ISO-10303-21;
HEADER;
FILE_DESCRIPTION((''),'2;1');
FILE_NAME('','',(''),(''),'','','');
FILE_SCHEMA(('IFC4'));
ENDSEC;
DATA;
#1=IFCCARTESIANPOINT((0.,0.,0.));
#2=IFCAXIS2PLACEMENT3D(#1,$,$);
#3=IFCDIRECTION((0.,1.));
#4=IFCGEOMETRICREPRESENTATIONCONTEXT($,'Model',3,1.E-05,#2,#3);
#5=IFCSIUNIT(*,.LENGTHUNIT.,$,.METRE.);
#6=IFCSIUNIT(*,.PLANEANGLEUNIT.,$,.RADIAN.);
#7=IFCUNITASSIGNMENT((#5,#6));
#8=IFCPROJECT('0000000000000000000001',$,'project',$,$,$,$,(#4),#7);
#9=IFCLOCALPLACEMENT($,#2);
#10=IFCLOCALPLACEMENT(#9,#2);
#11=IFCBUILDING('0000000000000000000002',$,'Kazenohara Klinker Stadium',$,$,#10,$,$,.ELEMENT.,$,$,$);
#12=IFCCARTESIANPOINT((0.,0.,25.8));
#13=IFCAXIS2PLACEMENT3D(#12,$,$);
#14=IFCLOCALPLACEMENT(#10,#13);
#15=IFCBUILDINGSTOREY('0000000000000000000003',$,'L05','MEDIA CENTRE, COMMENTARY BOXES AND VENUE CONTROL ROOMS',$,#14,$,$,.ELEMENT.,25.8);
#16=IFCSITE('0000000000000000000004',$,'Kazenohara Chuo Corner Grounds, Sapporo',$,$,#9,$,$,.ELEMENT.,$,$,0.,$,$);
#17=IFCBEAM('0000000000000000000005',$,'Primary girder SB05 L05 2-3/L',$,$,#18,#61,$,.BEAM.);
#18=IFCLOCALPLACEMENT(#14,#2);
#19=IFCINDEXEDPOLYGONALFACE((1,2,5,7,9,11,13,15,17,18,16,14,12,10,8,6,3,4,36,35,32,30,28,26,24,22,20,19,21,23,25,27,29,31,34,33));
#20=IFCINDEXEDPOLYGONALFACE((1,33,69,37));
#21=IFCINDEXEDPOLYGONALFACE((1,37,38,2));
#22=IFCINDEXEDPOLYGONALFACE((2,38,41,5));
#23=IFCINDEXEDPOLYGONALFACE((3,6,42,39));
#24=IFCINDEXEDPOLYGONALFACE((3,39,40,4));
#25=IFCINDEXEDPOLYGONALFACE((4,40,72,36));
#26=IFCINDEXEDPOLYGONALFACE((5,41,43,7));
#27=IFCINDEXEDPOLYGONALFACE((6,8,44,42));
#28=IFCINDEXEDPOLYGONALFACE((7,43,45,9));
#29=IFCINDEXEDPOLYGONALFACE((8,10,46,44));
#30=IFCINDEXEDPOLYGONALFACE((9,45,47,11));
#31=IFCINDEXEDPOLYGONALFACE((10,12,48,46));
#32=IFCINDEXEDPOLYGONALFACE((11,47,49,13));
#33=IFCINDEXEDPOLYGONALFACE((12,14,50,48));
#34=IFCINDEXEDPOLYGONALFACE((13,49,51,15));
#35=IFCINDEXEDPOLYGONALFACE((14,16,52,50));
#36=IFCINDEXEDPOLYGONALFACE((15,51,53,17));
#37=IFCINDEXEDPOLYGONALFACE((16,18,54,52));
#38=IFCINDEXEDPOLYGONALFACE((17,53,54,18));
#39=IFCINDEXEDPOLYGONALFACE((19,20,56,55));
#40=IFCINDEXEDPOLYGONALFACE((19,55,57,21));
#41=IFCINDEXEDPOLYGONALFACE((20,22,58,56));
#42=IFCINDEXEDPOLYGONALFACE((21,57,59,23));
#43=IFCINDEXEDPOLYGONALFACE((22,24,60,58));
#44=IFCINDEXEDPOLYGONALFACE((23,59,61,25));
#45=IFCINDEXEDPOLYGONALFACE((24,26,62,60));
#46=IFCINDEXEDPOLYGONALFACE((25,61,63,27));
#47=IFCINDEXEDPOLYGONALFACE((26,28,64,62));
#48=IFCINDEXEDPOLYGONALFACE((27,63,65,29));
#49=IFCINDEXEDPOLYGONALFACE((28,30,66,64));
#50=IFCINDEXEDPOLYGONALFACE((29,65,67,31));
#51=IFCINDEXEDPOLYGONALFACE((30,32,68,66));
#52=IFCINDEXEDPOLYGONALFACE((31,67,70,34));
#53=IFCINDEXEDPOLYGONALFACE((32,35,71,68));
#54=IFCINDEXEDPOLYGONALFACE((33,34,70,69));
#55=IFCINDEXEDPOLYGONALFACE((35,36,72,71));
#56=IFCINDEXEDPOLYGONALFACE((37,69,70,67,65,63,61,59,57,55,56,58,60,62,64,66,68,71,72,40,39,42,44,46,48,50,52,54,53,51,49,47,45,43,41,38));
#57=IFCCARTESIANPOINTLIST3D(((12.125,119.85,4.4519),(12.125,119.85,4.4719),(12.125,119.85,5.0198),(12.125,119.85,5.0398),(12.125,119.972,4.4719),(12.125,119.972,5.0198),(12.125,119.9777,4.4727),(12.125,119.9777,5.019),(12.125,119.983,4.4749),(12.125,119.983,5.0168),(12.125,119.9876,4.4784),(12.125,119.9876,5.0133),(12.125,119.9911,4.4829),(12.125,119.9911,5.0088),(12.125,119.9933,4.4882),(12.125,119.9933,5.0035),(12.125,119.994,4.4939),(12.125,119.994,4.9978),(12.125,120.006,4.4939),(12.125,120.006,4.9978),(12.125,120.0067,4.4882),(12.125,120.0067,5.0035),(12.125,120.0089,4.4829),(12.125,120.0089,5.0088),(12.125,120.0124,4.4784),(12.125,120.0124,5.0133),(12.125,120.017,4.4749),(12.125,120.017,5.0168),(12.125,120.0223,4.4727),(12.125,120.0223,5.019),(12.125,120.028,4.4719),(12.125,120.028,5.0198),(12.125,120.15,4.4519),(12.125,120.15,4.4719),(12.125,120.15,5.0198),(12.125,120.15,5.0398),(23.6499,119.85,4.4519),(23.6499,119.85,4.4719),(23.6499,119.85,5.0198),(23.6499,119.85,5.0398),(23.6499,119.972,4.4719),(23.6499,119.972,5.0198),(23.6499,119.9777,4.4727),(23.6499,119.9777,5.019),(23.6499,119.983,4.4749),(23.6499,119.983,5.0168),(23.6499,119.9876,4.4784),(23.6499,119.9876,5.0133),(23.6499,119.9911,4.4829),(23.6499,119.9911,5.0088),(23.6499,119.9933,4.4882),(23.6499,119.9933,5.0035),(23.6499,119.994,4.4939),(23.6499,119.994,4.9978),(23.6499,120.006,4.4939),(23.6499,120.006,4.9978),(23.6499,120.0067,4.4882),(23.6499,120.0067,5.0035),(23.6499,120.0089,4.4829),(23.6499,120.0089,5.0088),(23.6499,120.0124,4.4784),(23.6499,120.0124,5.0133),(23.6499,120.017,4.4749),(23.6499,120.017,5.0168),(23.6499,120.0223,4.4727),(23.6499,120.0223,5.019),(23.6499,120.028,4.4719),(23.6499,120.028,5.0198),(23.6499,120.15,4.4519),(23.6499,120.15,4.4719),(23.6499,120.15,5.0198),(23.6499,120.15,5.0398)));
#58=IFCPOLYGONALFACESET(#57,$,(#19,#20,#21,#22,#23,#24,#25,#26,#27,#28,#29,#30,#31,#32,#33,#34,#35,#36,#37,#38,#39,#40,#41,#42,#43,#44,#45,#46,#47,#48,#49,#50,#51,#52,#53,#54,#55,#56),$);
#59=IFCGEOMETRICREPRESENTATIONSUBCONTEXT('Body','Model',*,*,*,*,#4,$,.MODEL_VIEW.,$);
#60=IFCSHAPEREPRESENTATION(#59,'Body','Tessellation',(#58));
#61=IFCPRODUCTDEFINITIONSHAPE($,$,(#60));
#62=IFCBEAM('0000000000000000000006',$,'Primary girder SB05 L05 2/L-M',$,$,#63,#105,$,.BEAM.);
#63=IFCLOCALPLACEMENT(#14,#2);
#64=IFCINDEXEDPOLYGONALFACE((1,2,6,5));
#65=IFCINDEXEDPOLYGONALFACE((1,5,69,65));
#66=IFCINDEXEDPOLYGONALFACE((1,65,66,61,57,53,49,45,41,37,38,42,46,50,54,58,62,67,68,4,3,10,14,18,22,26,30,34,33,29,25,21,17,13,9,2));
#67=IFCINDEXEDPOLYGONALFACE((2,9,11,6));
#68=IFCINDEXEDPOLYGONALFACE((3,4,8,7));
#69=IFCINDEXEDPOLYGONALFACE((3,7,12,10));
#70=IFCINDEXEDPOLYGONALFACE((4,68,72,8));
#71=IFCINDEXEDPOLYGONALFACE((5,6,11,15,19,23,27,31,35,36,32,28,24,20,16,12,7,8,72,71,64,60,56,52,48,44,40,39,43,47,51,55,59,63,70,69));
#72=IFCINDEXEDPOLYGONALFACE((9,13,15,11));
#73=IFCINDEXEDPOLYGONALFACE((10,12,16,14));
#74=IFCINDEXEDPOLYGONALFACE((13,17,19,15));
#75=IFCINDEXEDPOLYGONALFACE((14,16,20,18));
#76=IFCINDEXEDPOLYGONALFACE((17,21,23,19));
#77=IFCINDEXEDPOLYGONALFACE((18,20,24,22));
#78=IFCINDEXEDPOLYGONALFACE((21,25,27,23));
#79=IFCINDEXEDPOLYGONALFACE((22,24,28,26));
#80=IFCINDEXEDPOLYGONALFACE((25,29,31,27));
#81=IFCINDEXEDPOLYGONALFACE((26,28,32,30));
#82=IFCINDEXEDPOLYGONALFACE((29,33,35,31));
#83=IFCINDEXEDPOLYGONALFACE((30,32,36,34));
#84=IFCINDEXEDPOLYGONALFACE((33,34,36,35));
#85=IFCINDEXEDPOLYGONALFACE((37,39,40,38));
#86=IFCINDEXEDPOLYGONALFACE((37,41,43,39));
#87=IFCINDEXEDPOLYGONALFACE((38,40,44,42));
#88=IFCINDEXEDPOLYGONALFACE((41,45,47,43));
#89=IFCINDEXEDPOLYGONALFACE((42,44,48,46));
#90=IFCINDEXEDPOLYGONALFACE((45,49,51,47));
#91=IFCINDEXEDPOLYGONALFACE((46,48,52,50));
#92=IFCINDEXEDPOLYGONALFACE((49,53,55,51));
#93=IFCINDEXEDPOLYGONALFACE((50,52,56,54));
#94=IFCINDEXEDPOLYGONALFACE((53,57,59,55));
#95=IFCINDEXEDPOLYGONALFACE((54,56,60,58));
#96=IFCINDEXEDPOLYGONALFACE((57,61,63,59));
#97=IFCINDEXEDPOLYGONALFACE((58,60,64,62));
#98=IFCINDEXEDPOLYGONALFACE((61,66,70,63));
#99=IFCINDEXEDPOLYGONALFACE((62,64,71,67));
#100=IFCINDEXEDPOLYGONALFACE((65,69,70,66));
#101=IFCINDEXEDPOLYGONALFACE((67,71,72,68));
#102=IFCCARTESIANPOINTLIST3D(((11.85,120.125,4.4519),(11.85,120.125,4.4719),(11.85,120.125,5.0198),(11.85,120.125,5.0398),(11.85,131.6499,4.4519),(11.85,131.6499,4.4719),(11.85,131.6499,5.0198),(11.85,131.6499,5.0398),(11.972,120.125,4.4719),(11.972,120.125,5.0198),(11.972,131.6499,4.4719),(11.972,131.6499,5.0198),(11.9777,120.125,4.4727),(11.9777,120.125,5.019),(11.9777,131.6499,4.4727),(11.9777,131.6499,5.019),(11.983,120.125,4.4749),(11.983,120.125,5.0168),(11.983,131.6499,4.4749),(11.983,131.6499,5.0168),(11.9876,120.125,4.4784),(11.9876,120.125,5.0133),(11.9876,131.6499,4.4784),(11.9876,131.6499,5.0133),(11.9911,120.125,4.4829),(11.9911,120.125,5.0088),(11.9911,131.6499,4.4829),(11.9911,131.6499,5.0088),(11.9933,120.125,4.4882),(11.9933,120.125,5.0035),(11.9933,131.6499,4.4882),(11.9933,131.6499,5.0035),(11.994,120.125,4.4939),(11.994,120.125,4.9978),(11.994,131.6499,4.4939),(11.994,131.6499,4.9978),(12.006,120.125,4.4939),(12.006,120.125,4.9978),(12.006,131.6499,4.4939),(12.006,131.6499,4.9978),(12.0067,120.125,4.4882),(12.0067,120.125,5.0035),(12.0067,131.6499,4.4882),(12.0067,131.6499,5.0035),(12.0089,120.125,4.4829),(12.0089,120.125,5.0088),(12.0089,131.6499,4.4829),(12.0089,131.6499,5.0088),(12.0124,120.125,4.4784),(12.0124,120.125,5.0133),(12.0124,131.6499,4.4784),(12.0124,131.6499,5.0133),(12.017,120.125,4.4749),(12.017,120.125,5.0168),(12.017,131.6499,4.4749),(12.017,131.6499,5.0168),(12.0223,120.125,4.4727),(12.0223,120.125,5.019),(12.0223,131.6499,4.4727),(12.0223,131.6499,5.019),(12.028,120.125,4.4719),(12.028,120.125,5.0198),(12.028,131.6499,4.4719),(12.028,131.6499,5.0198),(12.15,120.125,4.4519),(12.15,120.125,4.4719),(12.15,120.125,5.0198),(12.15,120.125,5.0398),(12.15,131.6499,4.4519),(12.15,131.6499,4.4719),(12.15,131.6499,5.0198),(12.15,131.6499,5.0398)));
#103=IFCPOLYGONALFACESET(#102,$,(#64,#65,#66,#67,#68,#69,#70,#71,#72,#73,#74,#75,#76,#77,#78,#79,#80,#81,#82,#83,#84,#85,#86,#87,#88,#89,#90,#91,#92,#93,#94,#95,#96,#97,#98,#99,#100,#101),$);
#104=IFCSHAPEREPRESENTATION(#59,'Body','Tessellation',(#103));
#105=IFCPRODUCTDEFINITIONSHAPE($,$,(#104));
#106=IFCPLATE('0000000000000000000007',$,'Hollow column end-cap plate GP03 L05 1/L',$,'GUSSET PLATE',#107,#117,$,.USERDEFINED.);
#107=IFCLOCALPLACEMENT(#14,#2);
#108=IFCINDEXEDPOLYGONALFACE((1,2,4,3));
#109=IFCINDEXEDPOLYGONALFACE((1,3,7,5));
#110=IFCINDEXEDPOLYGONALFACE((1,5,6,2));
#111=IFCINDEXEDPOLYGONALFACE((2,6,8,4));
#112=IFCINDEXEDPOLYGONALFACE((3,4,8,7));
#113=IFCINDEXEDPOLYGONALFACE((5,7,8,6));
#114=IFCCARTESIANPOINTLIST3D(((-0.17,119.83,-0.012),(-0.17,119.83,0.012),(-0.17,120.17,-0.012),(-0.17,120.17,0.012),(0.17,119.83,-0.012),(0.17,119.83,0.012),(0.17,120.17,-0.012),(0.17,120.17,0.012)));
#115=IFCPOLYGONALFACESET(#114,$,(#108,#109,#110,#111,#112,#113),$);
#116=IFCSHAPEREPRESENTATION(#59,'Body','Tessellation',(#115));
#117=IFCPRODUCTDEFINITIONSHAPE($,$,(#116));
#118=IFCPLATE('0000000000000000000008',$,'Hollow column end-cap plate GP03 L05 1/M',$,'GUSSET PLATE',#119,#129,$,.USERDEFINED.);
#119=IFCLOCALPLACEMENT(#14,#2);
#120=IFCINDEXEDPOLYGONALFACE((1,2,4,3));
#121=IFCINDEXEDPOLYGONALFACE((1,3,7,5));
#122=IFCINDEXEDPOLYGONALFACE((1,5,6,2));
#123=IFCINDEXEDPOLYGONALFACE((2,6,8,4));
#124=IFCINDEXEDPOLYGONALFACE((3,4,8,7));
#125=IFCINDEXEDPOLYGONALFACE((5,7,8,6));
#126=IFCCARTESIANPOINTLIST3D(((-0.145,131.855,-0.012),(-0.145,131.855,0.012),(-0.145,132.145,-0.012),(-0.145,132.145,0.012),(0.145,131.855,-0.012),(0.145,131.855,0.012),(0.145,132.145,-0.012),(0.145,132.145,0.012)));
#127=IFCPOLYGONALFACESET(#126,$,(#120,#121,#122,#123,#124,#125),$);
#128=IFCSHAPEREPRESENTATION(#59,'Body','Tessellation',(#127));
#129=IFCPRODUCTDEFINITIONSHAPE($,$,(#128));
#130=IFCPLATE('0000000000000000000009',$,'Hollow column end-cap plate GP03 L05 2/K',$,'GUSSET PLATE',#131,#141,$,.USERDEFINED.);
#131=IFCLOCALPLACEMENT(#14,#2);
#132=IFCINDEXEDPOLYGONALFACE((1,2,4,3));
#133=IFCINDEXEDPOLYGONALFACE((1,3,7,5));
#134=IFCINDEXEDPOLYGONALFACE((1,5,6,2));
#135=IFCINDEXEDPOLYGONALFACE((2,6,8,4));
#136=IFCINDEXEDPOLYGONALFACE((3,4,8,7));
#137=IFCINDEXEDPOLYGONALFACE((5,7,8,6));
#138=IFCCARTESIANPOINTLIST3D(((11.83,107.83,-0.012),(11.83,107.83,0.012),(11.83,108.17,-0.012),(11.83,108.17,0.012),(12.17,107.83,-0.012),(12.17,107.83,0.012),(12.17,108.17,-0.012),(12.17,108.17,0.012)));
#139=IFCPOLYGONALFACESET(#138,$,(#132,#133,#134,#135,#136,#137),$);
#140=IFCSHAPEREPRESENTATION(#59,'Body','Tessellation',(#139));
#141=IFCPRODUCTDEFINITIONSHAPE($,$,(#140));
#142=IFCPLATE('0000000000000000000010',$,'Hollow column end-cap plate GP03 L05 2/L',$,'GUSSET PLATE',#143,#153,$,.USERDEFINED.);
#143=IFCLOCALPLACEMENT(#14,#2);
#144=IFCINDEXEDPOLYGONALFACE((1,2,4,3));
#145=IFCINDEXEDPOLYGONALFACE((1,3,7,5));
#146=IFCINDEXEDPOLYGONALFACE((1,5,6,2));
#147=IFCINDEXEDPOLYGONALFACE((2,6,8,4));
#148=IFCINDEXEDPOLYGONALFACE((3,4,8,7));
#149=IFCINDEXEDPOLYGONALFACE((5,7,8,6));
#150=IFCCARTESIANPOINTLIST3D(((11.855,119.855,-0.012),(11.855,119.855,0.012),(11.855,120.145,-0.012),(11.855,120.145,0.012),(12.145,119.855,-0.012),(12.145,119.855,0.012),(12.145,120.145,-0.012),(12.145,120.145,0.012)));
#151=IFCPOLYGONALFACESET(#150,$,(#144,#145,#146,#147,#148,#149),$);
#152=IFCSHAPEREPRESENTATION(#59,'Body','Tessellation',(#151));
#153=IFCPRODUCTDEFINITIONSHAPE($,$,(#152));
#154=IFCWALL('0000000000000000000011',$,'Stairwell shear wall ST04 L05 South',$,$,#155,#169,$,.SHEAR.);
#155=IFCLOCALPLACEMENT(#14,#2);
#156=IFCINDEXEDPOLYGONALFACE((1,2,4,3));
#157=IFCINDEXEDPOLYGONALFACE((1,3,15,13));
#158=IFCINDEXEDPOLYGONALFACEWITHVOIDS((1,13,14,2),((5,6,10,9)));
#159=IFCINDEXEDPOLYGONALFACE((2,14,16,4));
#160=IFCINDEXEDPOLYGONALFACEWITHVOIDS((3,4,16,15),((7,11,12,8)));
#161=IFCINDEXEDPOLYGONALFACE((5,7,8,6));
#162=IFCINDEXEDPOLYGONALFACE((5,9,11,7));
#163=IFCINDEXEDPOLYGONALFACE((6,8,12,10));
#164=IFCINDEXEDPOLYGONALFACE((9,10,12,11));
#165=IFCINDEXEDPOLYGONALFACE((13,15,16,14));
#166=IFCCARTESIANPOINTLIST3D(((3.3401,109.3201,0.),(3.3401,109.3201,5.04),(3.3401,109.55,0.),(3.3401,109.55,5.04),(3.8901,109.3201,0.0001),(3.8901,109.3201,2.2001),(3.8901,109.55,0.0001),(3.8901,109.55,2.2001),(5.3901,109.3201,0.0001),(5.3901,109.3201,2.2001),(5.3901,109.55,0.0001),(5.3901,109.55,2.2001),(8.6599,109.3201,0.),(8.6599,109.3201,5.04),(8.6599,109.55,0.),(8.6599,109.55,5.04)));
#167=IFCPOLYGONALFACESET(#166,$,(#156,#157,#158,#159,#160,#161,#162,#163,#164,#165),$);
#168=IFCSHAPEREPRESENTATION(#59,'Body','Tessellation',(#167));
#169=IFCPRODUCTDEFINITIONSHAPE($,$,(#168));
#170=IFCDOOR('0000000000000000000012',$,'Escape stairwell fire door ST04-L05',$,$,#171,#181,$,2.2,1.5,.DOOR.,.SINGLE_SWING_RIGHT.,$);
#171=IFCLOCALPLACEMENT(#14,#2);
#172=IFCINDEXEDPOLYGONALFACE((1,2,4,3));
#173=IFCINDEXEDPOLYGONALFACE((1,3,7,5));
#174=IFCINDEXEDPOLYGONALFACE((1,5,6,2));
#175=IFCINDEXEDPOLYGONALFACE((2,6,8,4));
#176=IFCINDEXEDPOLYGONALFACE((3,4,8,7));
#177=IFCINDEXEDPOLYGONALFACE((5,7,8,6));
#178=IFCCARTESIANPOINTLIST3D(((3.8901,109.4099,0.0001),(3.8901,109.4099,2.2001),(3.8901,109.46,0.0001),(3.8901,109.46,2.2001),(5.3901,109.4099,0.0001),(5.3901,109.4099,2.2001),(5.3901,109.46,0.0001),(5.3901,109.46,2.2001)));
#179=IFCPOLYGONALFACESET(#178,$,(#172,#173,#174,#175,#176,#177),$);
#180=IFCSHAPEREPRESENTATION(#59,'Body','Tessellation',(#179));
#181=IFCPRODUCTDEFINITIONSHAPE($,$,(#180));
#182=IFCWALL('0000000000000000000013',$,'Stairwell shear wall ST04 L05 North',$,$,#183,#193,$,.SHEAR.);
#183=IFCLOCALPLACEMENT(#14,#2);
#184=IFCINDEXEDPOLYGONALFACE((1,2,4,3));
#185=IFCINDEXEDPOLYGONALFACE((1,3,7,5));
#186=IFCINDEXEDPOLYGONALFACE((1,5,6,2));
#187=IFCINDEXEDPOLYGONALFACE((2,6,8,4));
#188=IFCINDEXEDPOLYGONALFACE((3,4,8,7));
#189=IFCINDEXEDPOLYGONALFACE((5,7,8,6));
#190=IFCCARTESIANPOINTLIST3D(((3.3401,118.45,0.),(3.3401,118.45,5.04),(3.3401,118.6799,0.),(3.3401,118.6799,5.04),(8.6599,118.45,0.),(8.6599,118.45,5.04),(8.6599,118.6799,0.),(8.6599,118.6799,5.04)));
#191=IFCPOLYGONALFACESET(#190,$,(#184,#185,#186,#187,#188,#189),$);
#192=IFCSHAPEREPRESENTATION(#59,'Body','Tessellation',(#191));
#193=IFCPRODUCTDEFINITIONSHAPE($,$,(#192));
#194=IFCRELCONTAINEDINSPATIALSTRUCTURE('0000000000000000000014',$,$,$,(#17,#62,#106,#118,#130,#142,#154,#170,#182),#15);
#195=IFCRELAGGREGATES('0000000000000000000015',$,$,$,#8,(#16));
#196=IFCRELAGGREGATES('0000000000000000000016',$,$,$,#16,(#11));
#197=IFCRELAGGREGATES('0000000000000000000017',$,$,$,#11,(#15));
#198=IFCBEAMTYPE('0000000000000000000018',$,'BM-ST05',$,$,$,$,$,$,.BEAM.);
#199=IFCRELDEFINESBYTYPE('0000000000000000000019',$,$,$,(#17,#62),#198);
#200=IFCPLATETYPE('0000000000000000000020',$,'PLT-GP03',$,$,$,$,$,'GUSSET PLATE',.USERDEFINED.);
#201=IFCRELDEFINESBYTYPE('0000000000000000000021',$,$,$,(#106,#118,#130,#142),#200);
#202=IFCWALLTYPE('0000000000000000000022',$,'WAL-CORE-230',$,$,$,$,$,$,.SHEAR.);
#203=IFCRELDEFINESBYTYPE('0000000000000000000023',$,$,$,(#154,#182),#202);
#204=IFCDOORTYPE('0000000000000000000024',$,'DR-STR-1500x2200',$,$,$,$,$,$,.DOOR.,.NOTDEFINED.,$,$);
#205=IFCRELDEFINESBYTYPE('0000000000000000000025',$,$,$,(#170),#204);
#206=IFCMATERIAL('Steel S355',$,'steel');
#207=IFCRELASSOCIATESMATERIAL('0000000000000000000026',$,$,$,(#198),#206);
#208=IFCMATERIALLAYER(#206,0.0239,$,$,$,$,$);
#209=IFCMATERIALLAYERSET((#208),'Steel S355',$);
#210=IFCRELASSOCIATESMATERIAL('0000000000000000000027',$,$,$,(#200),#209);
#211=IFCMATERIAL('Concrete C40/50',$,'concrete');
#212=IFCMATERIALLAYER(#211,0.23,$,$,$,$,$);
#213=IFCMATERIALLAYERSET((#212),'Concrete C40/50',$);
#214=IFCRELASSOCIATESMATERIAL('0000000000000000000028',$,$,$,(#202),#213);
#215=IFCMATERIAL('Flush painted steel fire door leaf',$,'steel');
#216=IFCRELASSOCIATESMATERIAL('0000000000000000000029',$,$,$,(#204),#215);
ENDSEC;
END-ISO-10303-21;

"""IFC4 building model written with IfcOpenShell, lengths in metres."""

from ifc_helpers import new_model, si_unit, direction, frame, frame_2d, origin, origin_2d, place, context, subcontext, project, spatial, rectangle, i_section, extrude, material, layer, layer_set, material_profile, profile_set, type_object, element, fill, save


model = new_model("IFC4")

# Units and contexts
model_context = context("Model", 3, precision=1e-05, world=origin(), true_north=direction((0.0, 1.0)))
body_context = subcontext(model_context, "Body", "Model", "MODEL_VIEW")
ifc_project = project(units=[si_unit("LENGTHUNIT", "METRE"), si_unit("PLANEANGLEUNIT", "RADIAN")], contexts=[model_context])

# Site, building, storey
site_placement = place(None, origin())
site = spatial("IfcSite", under=ifc_project, at=site_placement, Name="Kazenohara Chuo Corner Grounds, Sapporo", CompositionType="ELEMENT", RefElevation=0.0)
building_placement = place(site_placement, origin())
building = spatial("IfcBuilding", under=site, at=building_placement, Name="Kazenohara Klinker Stadium", CompositionType="ELEMENT")
storey_placement = place(building_placement, frame((0.0, 0.0, 25.8)))
storey = spatial("IfcBuildingStorey", under=building, at=storey_placement, Name="L05", Description="MEDIA CENTRE, COMMENTARY BOXES AND VENUE CONTROL ROOMS", CompositionType="ELEMENT", Elevation=25.8)

# Shared definitions
ifc_material_1 = material(Name="Concrete C40/50", Category="concrete")
ifc_material_2 = material(Name="Steel S355", Category="steel")

# Beams
ifc_material_profile_1 = material_profile(ifc_material_2, i_section(OverallWidth=0.3, OverallDepth=0.5879, WebThickness=0.012, FlangeThickness=0.02, FilletRadius=0.022, at=origin_2d()), Name="H-588x300x12x20")
ifc_profile_set_1 = profile_set([ifc_material_profile_1], Name="Steel S355")
beam_type_1 = type_object("IfcBeamType", Name="BM-ST05", PredefinedType="BEAM", material=ifc_profile_set_1)
for number, where, z_axis, x_axis, name in (
    (1, (12.125, 120.0, 4.7458), (1.0, 0.0, 0.0), (0.0, 1.0, 0.0), "Primary girder SB05 L05 2-3/L"),
    (2, (12.0, 120.125, 4.7458), (0.0, 1.0, 0.0), (-1.0, 0.0, 0.0), "Primary girder SB05 L05 2/L-M"),
):
    element("IfcBeam", number, at=place(storey_placement, frame(where, z_axis=z_axis, x_axis=x_axis)), inside=storey, type_object=beam_type_1, Name=name, PredefinedType="BEAM", context=body_context, shape_type="SweptSolid", body=[
        extrude(i_section(OverallWidth=0.3, OverallDepth=0.5879, WebThickness=0.012, FlangeThickness=0.02, FilletRadius=0.022, at=origin_2d()), origin(), (0.0, 0.0, 1.0), 11.5249),
    ])

# Plates
ifc_layer_1 = layer(ifc_material_2, 0.0239)
ifc_layer_set_1 = layer_set([ifc_layer_1], Name="Steel S355")
plate_type = type_object("IfcPlateType", Name="PLT-GP03", ElementType="GUSSET PLATE", PredefinedType="USERDEFINED", material=ifc_layer_set_1)
plate_1_placement = place(storey_placement, frame((0.0, 120.0, -0.012), z_axis=(0.0, 0.0, 1.0), x_axis=(1.0, 0.0, 0.0)))
element("IfcPlate", 3, at=plate_1_placement, inside=storey, type_object=plate_type, Name="Hollow column end-cap plate GP03 L05 1/L", ObjectType="GUSSET PLATE", PredefinedType="USERDEFINED", context=body_context, shape_type="SweptSolid", body=[
    extrude(rectangle(XDim=0.3401, YDim=0.3401, at=origin_2d()), origin(), (0.0, 0.0, 1.0), 0.0239),
])
plate_2_placement = place(storey_placement, frame((0.0, 132.0, -0.012), z_axis=(0.0, 0.0, 1.0), x_axis=(1.0, 0.0, 0.0)))
element("IfcPlate", 4, at=plate_2_placement, inside=storey, type_object=plate_type, Name="Hollow column end-cap plate GP03 L05 1/M", ObjectType="GUSSET PLATE", PredefinedType="USERDEFINED", context=body_context, shape_type="SweptSolid", body=[
    extrude(rectangle(XDim=0.29, YDim=0.29, at=origin_2d()), origin(), (0.0, 0.0, 1.0), 0.0239),
])
plate_3_placement = place(storey_placement, frame((12.0, 108.0, -0.012), z_axis=(0.0, 0.0, 1.0), x_axis=(1.0, 0.0, 0.0)))
element("IfcPlate", 5, at=plate_3_placement, inside=storey, type_object=plate_type, Name="Hollow column end-cap plate GP03 L05 2/K", ObjectType="GUSSET PLATE", PredefinedType="USERDEFINED", context=body_context, shape_type="SweptSolid", body=[
    extrude(rectangle(XDim=0.3401, YDim=0.3401, at=origin_2d()), origin(), (0.0, 0.0, 1.0), 0.0239),
])
plate_4_placement = place(storey_placement, frame((12.0, 120.0, -0.012), z_axis=(0.0, 0.0, 1.0), x_axis=(1.0, 0.0, 0.0)))
element("IfcPlate", 6, at=plate_4_placement, inside=storey, type_object=plate_type, Name="Hollow column end-cap plate GP03 L05 2/L", ObjectType="GUSSET PLATE", PredefinedType="USERDEFINED", context=body_context, shape_type="SweptSolid", body=[
    extrude(rectangle(XDim=0.29, YDim=0.29, at=origin_2d()), origin(), (0.0, 0.0, 1.0), 0.0239),
])

# Wall, opening, door
ifc_layer_2 = layer(ifc_material_1, 0.23)
ifc_layer_set_2 = layer_set([ifc_layer_2], Name="Concrete C40/50")
wall_type_1 = type_object("IfcWallType", Name="WAL-CORE-230", PredefinedType="SHEAR", material=ifc_layer_set_2)
wall_1_placement = place(storey_placement, frame((3.3401, 109.4351, 0.0), z_axis=(0.0, 0.0, 1.0), x_axis=(1.0, 0.0, 0.0)))
wall_1 = element("IfcWall", 7, at=wall_1_placement, inside=storey, type_object=wall_type_1, Name="Stairwell shear wall ST04 L05 South", PredefinedType="SHEAR", context=body_context, shape_type="SweptSolid", body=[
    extrude(rectangle(XDim=5.3198, YDim=0.23, at=frame_2d((2.6599, 0.0))), origin(), (0.0, 0.0, 1.0), 5.04),
])
opening_1_placement = place(wall_1_placement, frame((0.55, 0.0, 0.0)))
opening_1 = element("IfcOpeningElement", 8, at=opening_1_placement, cuts=wall_1, PredefinedType="OPENING", context=body_context, shape_type="SweptSolid", body=[
    extrude(rectangle(XDim=1.5, YDim=2.2, at=frame_2d((0.75, 1.1001))), frame((0.0, 0.125, 0.0), z_axis=(0.0, -1.0, 0.0), x_axis=(1.0, 0.0, 0.0)), (0.0, 0.0, 1.0), 0.25),
])
ifc_material_3 = material(Name="Flush painted steel fire door leaf", Category="steel")
door_type = type_object("IfcDoorType", Name="DR-STR-1500x2200", OperationType="NOTDEFINED", PredefinedType="DOOR", material=ifc_material_3)
door_placement = place(opening_1_placement, origin())
door = element("IfcDoor", 9, at=door_placement, inside=storey, type_object=door_type, Name="Escape stairwell fire door ST04-L05", OperationType="SINGLE_SWING_RIGHT", OverallHeight=2.2, OverallWidth=1.5, PredefinedType="DOOR", context=body_context, shape_type="SweptSolid", body=[
    extrude(rectangle(XDim=1.5, YDim=2.2, at=frame_2d((0.75, 1.1001))), frame((0.0, 0.0249, 0.0), z_axis=(0.0, -1.0, 0.0), x_axis=(1.0, 0.0, 0.0)), (0.0, 0.0, 1.0), 0.05),
])
fill(opening_1, door)

# Wall
wall_2_placement = place(storey_placement, frame((3.3401, 118.5649, 0.0), z_axis=(0.0, 0.0, 1.0), x_axis=(1.0, 0.0, 0.0)))
element("IfcWall", 10, at=wall_2_placement, inside=storey, type_object=wall_type_1, Name="Stairwell shear wall ST04 L05 North", PredefinedType="SHEAR", context=body_context, shape_type="SweptSolid", body=[
    extrude(rectangle(XDim=5.3198, YDim=0.23, at=frame_2d((2.6599, 0.0))), origin(), (0.0, 0.0, 1.0), 5.04),
])

save(model, "model.ifc")
